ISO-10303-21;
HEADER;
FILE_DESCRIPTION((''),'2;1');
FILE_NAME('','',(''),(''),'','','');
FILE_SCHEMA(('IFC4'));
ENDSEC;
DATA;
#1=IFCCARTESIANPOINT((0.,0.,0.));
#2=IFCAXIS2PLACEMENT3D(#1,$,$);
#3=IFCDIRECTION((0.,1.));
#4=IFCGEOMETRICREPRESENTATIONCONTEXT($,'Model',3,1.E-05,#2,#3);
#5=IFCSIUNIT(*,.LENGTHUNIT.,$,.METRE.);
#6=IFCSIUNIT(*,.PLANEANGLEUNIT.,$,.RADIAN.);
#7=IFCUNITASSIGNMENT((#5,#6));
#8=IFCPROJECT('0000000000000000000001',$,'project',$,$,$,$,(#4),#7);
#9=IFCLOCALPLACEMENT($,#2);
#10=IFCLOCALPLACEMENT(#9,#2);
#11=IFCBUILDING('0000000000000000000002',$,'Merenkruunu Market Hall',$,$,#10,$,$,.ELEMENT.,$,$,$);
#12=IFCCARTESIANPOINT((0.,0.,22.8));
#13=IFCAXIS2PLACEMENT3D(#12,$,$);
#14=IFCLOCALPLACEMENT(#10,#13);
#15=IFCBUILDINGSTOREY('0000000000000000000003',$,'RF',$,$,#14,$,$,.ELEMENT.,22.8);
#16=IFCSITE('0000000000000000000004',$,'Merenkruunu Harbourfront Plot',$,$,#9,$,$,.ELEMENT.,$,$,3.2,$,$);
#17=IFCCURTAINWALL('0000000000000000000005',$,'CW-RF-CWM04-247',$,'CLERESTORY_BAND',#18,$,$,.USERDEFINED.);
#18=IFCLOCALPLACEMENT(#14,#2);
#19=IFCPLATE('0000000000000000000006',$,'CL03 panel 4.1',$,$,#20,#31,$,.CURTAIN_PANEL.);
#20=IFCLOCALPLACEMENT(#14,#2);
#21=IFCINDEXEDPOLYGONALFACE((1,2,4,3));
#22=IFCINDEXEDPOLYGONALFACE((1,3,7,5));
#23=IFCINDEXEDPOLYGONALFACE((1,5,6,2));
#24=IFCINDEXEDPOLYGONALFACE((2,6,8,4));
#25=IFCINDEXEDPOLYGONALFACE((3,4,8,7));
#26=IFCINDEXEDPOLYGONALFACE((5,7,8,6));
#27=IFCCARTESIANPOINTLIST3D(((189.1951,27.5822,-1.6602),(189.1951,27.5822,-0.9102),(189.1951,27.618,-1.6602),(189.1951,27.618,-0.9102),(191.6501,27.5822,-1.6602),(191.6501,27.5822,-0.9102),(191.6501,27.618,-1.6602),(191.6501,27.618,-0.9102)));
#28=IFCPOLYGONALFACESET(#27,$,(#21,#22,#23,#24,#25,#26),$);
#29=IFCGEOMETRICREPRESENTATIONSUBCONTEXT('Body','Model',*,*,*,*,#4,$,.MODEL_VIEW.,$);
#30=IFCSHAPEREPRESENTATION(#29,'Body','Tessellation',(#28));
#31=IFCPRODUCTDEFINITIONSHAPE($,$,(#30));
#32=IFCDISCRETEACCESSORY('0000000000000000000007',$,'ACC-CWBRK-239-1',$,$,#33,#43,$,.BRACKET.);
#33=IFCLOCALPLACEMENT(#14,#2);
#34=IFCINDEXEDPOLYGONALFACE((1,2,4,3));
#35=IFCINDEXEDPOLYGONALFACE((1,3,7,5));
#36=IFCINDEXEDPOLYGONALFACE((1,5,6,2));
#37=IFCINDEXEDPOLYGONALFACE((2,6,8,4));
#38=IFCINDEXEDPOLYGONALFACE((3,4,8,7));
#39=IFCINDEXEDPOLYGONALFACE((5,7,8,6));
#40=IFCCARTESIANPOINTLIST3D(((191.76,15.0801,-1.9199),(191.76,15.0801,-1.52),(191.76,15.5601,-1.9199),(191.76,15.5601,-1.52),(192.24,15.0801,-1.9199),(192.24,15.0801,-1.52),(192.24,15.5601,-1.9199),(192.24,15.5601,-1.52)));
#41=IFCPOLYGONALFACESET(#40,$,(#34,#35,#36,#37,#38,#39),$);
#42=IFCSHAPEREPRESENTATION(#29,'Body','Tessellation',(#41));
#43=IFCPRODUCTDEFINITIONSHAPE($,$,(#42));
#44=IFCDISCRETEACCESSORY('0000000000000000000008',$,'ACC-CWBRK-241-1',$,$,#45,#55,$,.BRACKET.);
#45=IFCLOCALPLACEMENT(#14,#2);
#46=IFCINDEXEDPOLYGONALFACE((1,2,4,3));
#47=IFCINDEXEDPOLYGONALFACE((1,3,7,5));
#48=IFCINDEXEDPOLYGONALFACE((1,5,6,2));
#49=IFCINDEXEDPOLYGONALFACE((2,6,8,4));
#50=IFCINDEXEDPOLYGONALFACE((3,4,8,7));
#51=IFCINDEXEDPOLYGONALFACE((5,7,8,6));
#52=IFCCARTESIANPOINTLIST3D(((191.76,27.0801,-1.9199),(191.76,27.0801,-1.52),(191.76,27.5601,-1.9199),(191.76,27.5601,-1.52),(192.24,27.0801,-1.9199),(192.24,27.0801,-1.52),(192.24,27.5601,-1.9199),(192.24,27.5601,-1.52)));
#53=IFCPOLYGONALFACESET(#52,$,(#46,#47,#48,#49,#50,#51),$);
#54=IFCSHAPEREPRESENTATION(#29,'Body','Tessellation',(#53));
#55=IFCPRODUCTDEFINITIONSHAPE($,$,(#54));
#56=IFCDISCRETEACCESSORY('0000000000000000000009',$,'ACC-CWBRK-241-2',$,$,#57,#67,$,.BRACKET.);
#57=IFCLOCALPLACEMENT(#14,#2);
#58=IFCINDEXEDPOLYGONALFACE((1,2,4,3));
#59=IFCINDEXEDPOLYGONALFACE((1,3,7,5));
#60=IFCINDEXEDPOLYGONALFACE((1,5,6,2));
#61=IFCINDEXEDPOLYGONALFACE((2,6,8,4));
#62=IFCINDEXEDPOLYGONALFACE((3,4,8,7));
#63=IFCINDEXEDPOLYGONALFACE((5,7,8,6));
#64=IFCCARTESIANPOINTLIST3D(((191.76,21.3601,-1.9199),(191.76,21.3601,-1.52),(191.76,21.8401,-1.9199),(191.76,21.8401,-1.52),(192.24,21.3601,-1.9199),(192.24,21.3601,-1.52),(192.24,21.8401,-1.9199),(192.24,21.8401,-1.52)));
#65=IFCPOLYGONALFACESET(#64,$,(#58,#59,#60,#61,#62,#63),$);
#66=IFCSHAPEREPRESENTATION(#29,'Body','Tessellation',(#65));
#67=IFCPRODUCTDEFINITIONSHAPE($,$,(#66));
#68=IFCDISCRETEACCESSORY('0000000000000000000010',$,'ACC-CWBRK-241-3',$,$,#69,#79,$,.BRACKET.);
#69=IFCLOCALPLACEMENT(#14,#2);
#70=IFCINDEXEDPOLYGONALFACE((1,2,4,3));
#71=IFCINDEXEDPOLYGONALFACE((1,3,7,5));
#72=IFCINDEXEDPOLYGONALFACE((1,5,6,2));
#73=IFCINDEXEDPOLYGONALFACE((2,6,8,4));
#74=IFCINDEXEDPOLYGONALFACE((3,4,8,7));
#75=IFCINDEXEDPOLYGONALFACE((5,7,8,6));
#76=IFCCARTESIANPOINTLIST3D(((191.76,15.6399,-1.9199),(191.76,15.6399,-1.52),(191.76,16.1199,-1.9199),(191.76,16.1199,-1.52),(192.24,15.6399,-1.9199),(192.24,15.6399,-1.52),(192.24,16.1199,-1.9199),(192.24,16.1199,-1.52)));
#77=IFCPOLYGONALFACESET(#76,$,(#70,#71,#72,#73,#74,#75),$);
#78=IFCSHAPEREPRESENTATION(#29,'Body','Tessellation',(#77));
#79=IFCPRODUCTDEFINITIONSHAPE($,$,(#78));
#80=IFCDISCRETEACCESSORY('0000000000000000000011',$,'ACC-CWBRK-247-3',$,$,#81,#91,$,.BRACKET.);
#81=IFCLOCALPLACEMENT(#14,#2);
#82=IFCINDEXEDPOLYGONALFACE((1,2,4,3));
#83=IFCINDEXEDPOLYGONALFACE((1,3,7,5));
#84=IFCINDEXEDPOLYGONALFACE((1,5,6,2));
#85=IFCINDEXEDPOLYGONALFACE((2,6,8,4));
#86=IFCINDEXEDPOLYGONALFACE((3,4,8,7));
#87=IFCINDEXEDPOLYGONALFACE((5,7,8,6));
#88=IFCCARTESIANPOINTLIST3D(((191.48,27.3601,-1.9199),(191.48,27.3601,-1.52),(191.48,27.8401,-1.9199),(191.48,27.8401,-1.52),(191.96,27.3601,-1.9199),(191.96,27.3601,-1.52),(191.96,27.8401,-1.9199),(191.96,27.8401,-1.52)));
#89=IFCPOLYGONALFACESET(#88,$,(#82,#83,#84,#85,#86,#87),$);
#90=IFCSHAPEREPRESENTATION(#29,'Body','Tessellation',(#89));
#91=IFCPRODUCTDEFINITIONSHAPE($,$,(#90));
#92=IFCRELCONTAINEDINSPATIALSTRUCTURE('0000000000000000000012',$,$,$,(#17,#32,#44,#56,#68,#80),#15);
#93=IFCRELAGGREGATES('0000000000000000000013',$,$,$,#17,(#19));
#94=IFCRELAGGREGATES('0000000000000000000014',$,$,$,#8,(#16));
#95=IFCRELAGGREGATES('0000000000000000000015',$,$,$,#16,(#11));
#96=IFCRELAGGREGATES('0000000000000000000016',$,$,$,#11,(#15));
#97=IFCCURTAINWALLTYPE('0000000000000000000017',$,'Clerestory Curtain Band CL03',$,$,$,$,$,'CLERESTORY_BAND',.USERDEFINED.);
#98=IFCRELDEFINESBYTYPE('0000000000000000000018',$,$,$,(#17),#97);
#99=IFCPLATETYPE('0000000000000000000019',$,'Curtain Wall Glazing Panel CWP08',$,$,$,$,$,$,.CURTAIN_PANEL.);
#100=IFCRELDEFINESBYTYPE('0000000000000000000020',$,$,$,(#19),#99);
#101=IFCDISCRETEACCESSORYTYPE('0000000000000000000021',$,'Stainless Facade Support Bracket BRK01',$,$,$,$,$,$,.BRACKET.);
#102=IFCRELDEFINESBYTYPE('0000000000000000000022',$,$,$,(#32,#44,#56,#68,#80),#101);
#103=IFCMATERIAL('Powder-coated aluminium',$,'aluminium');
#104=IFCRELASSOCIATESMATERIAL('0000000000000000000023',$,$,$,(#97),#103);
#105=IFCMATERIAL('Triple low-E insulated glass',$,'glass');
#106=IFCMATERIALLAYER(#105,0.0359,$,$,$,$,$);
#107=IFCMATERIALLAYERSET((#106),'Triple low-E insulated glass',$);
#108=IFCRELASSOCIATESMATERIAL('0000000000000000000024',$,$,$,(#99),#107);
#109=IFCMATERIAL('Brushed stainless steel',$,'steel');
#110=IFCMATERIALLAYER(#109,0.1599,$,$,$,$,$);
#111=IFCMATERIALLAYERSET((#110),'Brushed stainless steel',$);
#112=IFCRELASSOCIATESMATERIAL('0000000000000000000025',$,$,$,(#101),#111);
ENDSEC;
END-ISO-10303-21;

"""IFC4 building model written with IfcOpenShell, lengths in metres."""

from ifc_helpers import new_model, si_unit, direction, frame, origin, origin_2d, place, context, subcontext, project, spatial, rectangle, extrude, material, layer, layer_set, type_object, element, aggregate, save


model = new_model("IFC4")

# Units and contexts
model_context = context("Model", 3, precision=1e-05, world=origin(), true_north=direction((0.0, 1.0)))
body_context = subcontext(model_context, "Body", "Model", "MODEL_VIEW")
ifc_project = project(units=[si_unit("LENGTHUNIT", "METRE"), si_unit("PLANEANGLEUNIT", "RADIAN")], contexts=[model_context])

# Site, building, storey
site_placement = place(None, origin())
site = spatial("IfcSite", under=ifc_project, at=site_placement, Name="Merenkruunu Harbourfront Plot", CompositionType="ELEMENT", RefElevation=3.2)
building_placement = place(site_placement, origin())
building = spatial("IfcBuilding", under=site, at=building_placement, Name="Merenkruunu Market Hall", CompositionType="ELEMENT")
storey_placement = place(building_placement, frame((0.0, 0.0, 22.8)))
storey = spatial("IfcBuildingStorey", under=building, at=storey_placement, Name="RF", CompositionType="ELEMENT", Elevation=22.8)

# Shared definitions
ifc_material_1 = material(Name="Powder-coated aluminium", Category="aluminium")

# Curtain wall
curtain_wall_type_1 = type_object("IfcCurtainWallType", Name="Clerestory Curtain Band CL03", ElementType="CLERESTORY_BAND", PredefinedType="USERDEFINED", material=ifc_material_1)
curtain_wall_1_placement = place(storey_placement, origin())
curtain_wall_1 = element("IfcCurtainWall", 1, at=curtain_wall_1_placement, inside=storey, type_object=curtain_wall_type_1, Name="CW-RF-CWM04-247", ObjectType="CLERESTORY_BAND", PredefinedType="USERDEFINED")

# Plate
ifc_material_2 = material(Name="Triple low-E insulated glass", Category="glass")
ifc_layer_1 = layer(ifc_material_2, 0.0359)
ifc_layer_set_1 = layer_set([ifc_layer_1], Name="Triple low-E insulated glass")
plate_type = type_object("IfcPlateType", Name="Curtain Wall Glazing Panel CWP08", PredefinedType="CURTAIN_PANEL", material=ifc_layer_set_1)
plate_1_placement = place(storey_placement, frame((190.4226, 27.6001, -1.6602), z_axis=(0.0, 0.0, 1.0), x_axis=(1.0, 0.0, 0.0)))
plate_1 = element("IfcPlate", 2, at=plate_1_placement, type_object=plate_type, Name="CL03 panel 4.1", PredefinedType="CURTAIN_PANEL", context=body_context, shape_type="SweptSolid", body=[
    extrude(rectangle(XDim=2.4551, YDim=0.0359, at=origin_2d()), origin(), (0.0, 0.0, 1.0), 0.75),
])
aggregate(curtain_wall_1, [plate_1])

# Discrete accessories
ifc_material_3 = material(Name="Brushed stainless steel", Category="steel")
ifc_layer_2 = layer(ifc_material_3, 0.1599)
ifc_layer_set_2 = layer_set([ifc_layer_2], Name="Brushed stainless steel")
discrete_accessory_type = type_object("IfcDiscreteAccessoryType", Name="Stainless Facade Support Bracket BRK01", PredefinedType="BRACKET", material=ifc_layer_set_2)
for number, where, z_axis, x_axis, name in (
    (3, (192.0, 15.3201, -1.9199), (0.0, 0.0, 1.0), (1.0, 0.0, 0.0), "ACC-CWBRK-239-1"),
    (4, (192.0, 27.3201, -1.9199), (0.0, 0.0, 1.0), (1.0, 0.0, 0.0), "ACC-CWBRK-241-1"),
    (5, (192.0, 21.6001, -1.9199), (0.0, 0.0, 1.0), (1.0, 0.0, 0.0), "ACC-CWBRK-241-2"),
    (6, (192.0, 15.8799, -1.9199), (0.0, 0.0, 1.0), (1.0, 0.0, 0.0), "ACC-CWBRK-241-3"),
    (7, (191.72, 27.6001, -1.9199), (0.0, 0.0, 1.0), (1.0, 0.0, 0.0), "ACC-CWBRK-247-3"),
):
    element("IfcDiscreteAccessory", number, at=place(storey_placement, frame(where, z_axis=z_axis, x_axis=x_axis)), inside=storey, type_object=discrete_accessory_type, Name=name, PredefinedType="BRACKET", context=body_context, shape_type="SweptSolid", body=[
        extrude(rectangle(XDim=0.48, YDim=0.48, at=origin_2d()), origin(), (0.0, 0.0, 1.0), 0.3999),
    ])

save(model, "model.ifc")
